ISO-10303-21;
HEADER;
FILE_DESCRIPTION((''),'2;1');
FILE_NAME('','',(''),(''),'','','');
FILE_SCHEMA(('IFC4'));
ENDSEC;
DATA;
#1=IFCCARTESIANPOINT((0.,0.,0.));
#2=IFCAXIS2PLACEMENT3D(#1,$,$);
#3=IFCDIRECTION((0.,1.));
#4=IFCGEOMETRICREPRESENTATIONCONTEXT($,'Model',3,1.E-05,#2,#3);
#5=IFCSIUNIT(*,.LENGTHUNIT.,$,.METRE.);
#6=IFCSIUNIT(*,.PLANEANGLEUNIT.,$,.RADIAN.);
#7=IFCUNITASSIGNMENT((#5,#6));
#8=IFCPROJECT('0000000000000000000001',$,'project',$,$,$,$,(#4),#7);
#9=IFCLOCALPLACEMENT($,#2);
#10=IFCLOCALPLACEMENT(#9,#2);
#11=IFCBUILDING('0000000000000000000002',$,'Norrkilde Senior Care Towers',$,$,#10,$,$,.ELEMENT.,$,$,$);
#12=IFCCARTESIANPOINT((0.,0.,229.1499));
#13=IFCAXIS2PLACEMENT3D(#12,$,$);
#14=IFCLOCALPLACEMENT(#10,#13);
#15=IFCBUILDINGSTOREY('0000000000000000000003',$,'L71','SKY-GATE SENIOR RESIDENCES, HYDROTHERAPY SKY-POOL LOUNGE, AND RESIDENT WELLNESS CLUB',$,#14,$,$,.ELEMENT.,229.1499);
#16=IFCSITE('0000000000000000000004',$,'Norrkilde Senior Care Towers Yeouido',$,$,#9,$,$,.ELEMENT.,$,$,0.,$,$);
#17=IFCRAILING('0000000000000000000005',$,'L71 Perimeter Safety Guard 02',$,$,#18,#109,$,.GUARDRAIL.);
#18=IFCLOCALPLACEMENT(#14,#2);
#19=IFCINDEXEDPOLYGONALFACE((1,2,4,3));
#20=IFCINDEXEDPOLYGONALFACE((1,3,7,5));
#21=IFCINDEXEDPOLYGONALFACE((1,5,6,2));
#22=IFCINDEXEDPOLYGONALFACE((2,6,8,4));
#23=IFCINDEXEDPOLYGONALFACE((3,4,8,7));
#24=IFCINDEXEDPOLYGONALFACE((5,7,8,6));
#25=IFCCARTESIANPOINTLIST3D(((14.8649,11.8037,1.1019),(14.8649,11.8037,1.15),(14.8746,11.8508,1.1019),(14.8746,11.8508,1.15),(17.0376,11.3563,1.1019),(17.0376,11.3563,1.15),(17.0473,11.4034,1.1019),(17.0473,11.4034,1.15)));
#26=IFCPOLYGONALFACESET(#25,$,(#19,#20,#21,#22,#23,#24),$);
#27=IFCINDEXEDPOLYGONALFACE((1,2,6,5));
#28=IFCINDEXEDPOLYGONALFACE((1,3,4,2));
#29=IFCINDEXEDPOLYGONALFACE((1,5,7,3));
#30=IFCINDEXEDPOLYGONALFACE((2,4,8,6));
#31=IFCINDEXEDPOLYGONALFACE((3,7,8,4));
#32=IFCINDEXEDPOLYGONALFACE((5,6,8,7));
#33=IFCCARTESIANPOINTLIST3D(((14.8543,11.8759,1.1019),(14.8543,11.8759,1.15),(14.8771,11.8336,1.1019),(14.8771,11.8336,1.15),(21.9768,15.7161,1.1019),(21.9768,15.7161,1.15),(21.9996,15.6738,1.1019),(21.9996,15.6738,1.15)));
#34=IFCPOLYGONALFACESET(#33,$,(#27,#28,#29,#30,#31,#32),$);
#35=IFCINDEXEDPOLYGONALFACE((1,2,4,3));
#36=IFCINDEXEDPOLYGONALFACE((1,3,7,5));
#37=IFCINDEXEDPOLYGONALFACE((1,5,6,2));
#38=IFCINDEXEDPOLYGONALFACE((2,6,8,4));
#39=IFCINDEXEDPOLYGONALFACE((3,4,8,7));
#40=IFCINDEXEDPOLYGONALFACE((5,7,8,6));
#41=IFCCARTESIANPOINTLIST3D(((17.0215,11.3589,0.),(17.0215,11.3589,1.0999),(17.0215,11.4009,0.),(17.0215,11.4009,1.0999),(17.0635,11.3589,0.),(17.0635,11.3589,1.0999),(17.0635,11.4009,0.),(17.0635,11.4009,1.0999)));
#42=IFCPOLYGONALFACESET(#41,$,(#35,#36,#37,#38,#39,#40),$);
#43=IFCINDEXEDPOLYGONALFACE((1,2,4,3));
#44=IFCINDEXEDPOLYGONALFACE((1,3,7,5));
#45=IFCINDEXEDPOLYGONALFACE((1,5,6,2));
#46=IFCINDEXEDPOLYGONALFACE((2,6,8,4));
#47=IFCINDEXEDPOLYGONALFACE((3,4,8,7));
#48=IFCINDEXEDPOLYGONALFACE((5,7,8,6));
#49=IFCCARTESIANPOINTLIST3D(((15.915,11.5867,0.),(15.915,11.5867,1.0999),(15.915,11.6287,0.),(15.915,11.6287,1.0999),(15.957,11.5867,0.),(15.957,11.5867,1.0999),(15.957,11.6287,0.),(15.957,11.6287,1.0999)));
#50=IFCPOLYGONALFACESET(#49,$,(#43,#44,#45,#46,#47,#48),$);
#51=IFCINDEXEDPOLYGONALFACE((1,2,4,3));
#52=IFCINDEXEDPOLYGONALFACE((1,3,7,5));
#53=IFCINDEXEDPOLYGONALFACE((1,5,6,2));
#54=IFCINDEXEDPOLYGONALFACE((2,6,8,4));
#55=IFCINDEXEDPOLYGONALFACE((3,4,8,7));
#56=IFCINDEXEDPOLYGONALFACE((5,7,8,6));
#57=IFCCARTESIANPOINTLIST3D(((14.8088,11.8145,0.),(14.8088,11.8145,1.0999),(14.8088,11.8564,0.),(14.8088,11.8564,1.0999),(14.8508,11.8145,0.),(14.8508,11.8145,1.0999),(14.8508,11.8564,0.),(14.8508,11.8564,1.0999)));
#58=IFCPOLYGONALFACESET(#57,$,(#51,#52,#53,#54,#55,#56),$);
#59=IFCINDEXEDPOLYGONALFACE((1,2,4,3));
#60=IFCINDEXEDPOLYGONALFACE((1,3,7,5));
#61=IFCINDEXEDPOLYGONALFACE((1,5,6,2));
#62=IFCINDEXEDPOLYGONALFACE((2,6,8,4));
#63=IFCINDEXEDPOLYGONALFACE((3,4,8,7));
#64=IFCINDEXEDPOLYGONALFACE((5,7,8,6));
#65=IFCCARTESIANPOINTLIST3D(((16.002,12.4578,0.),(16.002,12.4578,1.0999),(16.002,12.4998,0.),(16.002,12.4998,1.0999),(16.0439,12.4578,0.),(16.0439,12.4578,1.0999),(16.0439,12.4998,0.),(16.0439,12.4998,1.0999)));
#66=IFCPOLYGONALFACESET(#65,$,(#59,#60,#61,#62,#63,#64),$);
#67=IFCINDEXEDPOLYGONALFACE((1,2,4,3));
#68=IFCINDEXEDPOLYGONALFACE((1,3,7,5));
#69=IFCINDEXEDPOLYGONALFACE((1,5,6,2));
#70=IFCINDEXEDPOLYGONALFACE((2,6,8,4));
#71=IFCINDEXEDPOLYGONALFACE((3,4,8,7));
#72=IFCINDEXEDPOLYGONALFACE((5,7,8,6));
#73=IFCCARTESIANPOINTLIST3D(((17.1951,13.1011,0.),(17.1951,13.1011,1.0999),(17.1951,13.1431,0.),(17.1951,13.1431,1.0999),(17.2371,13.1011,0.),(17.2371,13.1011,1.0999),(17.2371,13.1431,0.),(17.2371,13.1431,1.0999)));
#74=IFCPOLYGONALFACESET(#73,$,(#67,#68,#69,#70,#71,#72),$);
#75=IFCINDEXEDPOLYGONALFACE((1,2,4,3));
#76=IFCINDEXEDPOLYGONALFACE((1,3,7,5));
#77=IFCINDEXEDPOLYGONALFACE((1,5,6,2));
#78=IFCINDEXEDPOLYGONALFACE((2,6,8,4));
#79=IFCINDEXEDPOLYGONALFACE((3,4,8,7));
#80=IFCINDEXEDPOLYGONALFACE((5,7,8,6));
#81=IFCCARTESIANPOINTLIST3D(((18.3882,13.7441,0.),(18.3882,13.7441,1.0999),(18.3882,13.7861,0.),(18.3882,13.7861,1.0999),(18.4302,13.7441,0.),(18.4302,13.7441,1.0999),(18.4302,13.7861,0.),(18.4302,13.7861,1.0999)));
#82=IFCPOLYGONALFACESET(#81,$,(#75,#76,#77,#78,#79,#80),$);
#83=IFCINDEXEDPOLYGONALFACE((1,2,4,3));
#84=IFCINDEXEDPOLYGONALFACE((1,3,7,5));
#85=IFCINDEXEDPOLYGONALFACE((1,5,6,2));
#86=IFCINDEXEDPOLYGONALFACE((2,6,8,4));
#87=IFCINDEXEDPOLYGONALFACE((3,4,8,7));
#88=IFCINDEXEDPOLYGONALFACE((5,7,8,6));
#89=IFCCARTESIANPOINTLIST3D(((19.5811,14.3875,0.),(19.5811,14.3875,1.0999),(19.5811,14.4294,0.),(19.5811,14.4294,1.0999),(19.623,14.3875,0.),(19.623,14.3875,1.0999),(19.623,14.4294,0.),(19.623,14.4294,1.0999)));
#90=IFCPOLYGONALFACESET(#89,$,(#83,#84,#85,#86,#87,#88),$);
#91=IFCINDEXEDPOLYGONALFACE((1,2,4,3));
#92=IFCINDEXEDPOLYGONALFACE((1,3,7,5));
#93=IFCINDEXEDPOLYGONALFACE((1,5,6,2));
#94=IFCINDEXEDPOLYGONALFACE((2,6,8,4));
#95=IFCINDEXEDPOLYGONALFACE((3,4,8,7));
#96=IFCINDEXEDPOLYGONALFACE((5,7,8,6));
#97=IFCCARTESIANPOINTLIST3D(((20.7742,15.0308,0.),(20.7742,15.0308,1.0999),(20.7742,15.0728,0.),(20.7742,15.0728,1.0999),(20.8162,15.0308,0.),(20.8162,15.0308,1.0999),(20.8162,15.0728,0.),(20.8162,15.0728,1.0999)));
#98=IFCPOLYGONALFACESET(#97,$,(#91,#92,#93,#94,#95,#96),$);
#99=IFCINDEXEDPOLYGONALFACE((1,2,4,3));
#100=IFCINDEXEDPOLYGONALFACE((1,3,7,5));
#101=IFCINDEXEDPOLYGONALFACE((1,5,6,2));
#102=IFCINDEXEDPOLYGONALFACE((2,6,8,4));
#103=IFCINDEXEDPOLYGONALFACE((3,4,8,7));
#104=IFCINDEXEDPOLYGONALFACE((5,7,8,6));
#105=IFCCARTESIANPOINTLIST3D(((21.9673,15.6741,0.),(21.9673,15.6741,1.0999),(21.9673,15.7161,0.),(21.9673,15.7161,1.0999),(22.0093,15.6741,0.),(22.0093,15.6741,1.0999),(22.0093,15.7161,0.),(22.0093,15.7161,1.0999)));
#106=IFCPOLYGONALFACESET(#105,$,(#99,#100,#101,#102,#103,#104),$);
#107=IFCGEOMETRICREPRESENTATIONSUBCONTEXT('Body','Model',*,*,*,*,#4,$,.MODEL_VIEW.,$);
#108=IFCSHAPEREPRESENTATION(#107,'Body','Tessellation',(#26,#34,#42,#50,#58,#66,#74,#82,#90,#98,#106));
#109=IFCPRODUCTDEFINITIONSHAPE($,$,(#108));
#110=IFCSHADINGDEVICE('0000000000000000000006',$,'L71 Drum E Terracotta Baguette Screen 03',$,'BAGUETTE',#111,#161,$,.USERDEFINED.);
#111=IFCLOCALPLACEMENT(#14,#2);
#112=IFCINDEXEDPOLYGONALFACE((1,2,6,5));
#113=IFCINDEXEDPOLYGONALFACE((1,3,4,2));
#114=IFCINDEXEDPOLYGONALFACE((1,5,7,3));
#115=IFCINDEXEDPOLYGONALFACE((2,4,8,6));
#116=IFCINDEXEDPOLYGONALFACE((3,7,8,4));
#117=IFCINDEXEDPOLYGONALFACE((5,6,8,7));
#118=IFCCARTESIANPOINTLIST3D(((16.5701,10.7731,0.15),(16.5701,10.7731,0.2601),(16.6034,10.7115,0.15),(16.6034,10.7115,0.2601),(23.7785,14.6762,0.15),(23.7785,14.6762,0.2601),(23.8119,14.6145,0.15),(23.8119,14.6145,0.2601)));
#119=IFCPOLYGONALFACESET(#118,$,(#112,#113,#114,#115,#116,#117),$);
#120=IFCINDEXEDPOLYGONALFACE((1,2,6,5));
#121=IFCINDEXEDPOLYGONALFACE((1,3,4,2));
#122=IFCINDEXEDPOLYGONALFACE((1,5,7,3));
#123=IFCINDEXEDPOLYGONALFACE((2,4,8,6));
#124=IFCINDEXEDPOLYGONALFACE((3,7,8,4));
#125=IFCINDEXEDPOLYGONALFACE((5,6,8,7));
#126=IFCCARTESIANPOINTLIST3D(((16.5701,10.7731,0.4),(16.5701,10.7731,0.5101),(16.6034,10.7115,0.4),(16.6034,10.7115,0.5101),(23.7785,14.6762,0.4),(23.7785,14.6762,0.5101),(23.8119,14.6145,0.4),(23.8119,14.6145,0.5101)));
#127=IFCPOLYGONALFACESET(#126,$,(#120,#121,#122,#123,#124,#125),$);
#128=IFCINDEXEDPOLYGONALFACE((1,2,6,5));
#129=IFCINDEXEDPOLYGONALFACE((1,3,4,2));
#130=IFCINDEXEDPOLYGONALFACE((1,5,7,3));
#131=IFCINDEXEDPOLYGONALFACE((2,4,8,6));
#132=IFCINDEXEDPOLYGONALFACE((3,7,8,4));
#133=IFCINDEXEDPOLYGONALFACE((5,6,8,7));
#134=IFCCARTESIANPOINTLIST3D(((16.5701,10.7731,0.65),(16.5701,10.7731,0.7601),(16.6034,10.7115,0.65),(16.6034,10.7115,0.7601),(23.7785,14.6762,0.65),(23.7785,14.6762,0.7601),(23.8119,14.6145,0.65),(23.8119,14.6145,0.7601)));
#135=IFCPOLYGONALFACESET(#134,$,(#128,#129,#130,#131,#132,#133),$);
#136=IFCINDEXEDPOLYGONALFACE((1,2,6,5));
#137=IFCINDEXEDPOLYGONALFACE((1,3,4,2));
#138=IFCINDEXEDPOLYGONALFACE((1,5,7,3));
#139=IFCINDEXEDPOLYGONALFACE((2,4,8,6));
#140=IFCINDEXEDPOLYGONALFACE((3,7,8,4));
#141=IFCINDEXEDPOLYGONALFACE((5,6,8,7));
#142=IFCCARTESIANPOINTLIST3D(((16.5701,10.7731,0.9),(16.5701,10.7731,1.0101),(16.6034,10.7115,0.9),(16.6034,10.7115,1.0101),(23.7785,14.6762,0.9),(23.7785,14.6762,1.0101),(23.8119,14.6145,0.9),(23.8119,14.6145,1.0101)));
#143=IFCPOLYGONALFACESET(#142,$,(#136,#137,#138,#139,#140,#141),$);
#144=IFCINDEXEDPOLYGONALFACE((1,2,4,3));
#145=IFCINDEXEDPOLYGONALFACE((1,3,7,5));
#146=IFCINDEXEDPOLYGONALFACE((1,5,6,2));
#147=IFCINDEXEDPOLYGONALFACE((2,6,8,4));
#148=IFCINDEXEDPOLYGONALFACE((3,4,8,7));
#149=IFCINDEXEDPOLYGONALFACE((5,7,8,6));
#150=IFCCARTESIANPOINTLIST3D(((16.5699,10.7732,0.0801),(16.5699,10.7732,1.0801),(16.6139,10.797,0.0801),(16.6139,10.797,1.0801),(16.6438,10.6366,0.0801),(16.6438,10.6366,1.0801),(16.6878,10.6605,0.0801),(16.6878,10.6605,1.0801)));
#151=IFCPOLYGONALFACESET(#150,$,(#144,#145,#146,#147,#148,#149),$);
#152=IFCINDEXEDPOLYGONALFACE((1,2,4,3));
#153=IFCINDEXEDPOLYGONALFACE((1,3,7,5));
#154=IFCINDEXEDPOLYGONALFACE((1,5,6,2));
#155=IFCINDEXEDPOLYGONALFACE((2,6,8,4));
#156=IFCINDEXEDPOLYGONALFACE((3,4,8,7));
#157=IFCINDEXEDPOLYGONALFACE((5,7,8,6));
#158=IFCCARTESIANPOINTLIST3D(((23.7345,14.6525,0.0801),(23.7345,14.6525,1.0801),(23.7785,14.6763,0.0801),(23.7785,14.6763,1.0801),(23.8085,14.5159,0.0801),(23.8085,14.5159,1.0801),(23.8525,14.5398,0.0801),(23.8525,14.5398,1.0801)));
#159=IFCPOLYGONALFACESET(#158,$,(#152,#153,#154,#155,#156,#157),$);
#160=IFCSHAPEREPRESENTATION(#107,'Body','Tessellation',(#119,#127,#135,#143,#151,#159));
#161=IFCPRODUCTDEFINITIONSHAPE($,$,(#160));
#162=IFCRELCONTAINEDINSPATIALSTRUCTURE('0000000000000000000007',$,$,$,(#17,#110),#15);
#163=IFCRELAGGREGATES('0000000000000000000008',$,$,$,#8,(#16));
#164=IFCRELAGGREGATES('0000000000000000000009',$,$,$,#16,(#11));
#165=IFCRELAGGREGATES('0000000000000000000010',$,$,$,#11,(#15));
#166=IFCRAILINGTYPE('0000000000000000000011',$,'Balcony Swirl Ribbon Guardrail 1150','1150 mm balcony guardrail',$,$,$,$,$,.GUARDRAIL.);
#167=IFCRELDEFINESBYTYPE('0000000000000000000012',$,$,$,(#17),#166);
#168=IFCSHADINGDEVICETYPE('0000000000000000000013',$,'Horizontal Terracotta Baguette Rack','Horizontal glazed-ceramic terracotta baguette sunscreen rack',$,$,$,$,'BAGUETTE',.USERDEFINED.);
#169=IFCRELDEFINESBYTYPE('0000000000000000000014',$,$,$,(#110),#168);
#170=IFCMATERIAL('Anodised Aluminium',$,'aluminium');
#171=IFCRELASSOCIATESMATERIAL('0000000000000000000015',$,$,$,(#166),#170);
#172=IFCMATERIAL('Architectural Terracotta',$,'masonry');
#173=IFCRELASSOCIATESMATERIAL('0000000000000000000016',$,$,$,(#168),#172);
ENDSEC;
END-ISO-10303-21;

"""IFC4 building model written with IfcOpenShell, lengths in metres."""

from ifc_helpers import new_model, si_unit, direction, frame, origin, origin_2d, place, context, subcontext, project, spatial, rectangle, extrude, source, transform, mapped, material, type_object, type_shapes, element, save


model = new_model("IFC4")

# Units and contexts
model_context = context("Model", 3, precision=1e-05, world=origin(), true_north=direction((0.0, 1.0)))
body_context = subcontext(model_context, "Body", "Model", "MODEL_VIEW")
ifc_project = project(units=[si_unit("LENGTHUNIT", "METRE"), si_unit("PLANEANGLEUNIT", "RADIAN")], contexts=[model_context])

# Site, building, storey
site_placement = place(None, origin())
site = spatial("IfcSite", under=ifc_project, at=site_placement, Name="Norrkilde Senior Care Towers Yeouido", CompositionType="ELEMENT", RefElevation=0.0)
building_placement = place(site_placement, origin())
building = spatial("IfcBuilding", under=site, at=building_placement, Name="Norrkilde Senior Care Towers", CompositionType="ELEMENT")
storey_placement = place(building_placement, frame((0.0, 0.0, 229.1499)))
storey = spatial("IfcBuildingStorey", under=building, at=storey_placement, Name="L71", Description="SKY-GATE SENIOR RESIDENCES, HYDROTHERAPY SKY-POOL LOUNGE, AND RESIDENT WELLNESS CLUB", CompositionType="ELEMENT", Elevation=229.1499)

# Shared definitions
ifc_material_1 = material(Name="Anodised Aluminium", Category="aluminium")

# Railing
railing_type = type_object("IfcRailingType", Name="Balcony Swirl Ribbon Guardrail 1150", Description="1150 mm balcony guardrail", PredefinedType="GUARDRAIL", material=ifc_material_1)
railing_1_placement = place(storey_placement, frame((17.0425, 11.3799, 0.0)))
element("IfcRailing", 1, at=railing_1_placement, inside=storey, type_object=railing_type, Name="L71 Perimeter Safety Guard 02", PredefinedType="GUARDRAIL", context=body_context, shape_type="SweptSolid", body=[
    extrude(rectangle(XDim=0.0481, YDim=0.0481, at=origin_2d()), frame((0.0, 0.0, 1.126), z_axis=(-0.979455, 0.201662, 0.0), x_axis=(-0.201662, -0.979455, 0.0)), (0.0, 0.0, 1.0), 2.2183),
    extrude(rectangle(XDim=0.0481, YDim=0.0481, at=origin_2d()), frame((-2.1768, 0.4749, 1.126), z_axis=(0.880211, 0.474583, 0.0), x_axis=(-0.474583, 0.880211, 0.0)), (0.0, 0.0, 1.0), 8.0918),
    extrude(rectangle(XDim=0.042, YDim=0.042, at=origin_2d()), origin(), (0.0, 0.0, 1.0), 1.0999),
    extrude(rectangle(XDim=0.042, YDim=0.042, at=origin_2d()), frame((-1.1064, 0.2278, 0.0)), (0.0, 0.0, 1.0), 1.0999),
    extrude(rectangle(XDim=0.042, YDim=0.042, at=origin_2d()), frame((-2.2126, 0.4556, 0.0)), (0.0, 0.0, 1.0), 1.0999),
    extrude(rectangle(XDim=0.042, YDim=0.042, at=origin_2d()), frame((-1.0195, 1.0989, 0.0)), (0.0, 0.0, 1.0), 1.0999),
    extrude(rectangle(XDim=0.042, YDim=0.042, at=origin_2d()), frame((0.1736, 1.7422, 0.0)), (0.0, 0.0, 1.0), 1.0999),
    extrude(rectangle(XDim=0.042, YDim=0.042, at=origin_2d()), frame((1.3667, 2.3853, 0.0)), (0.0, 0.0, 1.0), 1.0999),
    extrude(rectangle(XDim=0.042, YDim=0.042, at=origin_2d()), frame((2.5596, 3.0286, 0.0)), (0.0, 0.0, 1.0), 1.0999),
    extrude(rectangle(XDim=0.042, YDim=0.042, at=origin_2d()), frame((3.7527, 3.6719, 0.0)), (0.0, 0.0, 1.0), 1.0999),
    extrude(rectangle(XDim=0.042, YDim=0.042, at=origin_2d()), frame((4.9458, 4.3152, 0.0)), (0.0, 0.0, 1.0), 1.0999),
])

# Shading device
ifc_material_2 = material(Name="Architectural Terracotta", Category="masonry")
shading_device_type = type_object("IfcShadingDeviceType", Name="Horizontal Terracotta Baguette Rack", Description="Horizontal glazed-ceramic terracotta baguette sunscreen rack", ElementType="BAGUETTE", PredefinedType="USERDEFINED", material=ifc_material_2)
shared_shape_1 = source(origin(), body_context, "Body", "SweptSolid", [
    extrude(rectangle(XDim=0.0701, YDim=0.1101, at=origin_2d()), frame((0.0, 0.0901, 0.125), z_axis=(1.0, 0.0, 0.0), x_axis=(0.0, 1.0, 0.0)), (0.0, 0.0, 1.0), 8.1973),
    extrude(rectangle(XDim=0.0701, YDim=0.1101, at=origin_2d()), frame((0.0, 0.0901, 0.375), z_axis=(1.0, 0.0, 0.0), x_axis=(0.0, 1.0, 0.0)), (0.0, 0.0, 1.0), 8.1973),
    extrude(rectangle(XDim=0.0701, YDim=0.1101, at=origin_2d()), frame((0.0, 0.0901, 0.625), z_axis=(1.0, 0.0, 0.0), x_axis=(0.0, 1.0, 0.0)), (0.0, 0.0, 1.0), 8.1973),
    extrude(rectangle(XDim=0.0701, YDim=0.1101, at=origin_2d()), frame((0.0, 0.0901, 0.875), z_axis=(1.0, 0.0, 0.0), x_axis=(0.0, 1.0, 0.0)), (0.0, 0.0, 1.0), 8.1973),
    extrude(rectangle(XDim=0.05, YDim=0.1553, at=origin_2d()), frame((0.0249, 0.0476, 0.0)), (0.0, 0.0, 1.0), 1.0),
    extrude(rectangle(XDim=0.05, YDim=0.1553, at=origin_2d()), frame((8.1724, 0.0476, 0.0)), (0.0, 0.0, 1.0), 1.0),
])
type_shapes(shading_device_type, [shared_shape_1])
shading_device_placement = place(storey_placement, frame((16.6296, 10.6631, 0.0801), z_axis=(0.0, 0.0, 1.0), x_axis=(0.879378, 0.476144, 0.0)))
element("IfcShadingDevice", 2, at=shading_device_placement, inside=storey, type_object=shading_device_type, Name="L71 Drum E Terracotta Baguette Screen 03", ObjectType="BAGUETTE", PredefinedType="USERDEFINED", context=body_context, shape_type="MappedRepresentation", body=[
    mapped(shared_shape_1, transform((0.0, 0.0, 0.0), x_axis=(1.0, 0.0, 0.0), y_axis=(0.0, 1.0, 0.0), z_axis=(0.0, 0.0, 1.0), scale=1.0)),
])

save(model, "model.ifc")
